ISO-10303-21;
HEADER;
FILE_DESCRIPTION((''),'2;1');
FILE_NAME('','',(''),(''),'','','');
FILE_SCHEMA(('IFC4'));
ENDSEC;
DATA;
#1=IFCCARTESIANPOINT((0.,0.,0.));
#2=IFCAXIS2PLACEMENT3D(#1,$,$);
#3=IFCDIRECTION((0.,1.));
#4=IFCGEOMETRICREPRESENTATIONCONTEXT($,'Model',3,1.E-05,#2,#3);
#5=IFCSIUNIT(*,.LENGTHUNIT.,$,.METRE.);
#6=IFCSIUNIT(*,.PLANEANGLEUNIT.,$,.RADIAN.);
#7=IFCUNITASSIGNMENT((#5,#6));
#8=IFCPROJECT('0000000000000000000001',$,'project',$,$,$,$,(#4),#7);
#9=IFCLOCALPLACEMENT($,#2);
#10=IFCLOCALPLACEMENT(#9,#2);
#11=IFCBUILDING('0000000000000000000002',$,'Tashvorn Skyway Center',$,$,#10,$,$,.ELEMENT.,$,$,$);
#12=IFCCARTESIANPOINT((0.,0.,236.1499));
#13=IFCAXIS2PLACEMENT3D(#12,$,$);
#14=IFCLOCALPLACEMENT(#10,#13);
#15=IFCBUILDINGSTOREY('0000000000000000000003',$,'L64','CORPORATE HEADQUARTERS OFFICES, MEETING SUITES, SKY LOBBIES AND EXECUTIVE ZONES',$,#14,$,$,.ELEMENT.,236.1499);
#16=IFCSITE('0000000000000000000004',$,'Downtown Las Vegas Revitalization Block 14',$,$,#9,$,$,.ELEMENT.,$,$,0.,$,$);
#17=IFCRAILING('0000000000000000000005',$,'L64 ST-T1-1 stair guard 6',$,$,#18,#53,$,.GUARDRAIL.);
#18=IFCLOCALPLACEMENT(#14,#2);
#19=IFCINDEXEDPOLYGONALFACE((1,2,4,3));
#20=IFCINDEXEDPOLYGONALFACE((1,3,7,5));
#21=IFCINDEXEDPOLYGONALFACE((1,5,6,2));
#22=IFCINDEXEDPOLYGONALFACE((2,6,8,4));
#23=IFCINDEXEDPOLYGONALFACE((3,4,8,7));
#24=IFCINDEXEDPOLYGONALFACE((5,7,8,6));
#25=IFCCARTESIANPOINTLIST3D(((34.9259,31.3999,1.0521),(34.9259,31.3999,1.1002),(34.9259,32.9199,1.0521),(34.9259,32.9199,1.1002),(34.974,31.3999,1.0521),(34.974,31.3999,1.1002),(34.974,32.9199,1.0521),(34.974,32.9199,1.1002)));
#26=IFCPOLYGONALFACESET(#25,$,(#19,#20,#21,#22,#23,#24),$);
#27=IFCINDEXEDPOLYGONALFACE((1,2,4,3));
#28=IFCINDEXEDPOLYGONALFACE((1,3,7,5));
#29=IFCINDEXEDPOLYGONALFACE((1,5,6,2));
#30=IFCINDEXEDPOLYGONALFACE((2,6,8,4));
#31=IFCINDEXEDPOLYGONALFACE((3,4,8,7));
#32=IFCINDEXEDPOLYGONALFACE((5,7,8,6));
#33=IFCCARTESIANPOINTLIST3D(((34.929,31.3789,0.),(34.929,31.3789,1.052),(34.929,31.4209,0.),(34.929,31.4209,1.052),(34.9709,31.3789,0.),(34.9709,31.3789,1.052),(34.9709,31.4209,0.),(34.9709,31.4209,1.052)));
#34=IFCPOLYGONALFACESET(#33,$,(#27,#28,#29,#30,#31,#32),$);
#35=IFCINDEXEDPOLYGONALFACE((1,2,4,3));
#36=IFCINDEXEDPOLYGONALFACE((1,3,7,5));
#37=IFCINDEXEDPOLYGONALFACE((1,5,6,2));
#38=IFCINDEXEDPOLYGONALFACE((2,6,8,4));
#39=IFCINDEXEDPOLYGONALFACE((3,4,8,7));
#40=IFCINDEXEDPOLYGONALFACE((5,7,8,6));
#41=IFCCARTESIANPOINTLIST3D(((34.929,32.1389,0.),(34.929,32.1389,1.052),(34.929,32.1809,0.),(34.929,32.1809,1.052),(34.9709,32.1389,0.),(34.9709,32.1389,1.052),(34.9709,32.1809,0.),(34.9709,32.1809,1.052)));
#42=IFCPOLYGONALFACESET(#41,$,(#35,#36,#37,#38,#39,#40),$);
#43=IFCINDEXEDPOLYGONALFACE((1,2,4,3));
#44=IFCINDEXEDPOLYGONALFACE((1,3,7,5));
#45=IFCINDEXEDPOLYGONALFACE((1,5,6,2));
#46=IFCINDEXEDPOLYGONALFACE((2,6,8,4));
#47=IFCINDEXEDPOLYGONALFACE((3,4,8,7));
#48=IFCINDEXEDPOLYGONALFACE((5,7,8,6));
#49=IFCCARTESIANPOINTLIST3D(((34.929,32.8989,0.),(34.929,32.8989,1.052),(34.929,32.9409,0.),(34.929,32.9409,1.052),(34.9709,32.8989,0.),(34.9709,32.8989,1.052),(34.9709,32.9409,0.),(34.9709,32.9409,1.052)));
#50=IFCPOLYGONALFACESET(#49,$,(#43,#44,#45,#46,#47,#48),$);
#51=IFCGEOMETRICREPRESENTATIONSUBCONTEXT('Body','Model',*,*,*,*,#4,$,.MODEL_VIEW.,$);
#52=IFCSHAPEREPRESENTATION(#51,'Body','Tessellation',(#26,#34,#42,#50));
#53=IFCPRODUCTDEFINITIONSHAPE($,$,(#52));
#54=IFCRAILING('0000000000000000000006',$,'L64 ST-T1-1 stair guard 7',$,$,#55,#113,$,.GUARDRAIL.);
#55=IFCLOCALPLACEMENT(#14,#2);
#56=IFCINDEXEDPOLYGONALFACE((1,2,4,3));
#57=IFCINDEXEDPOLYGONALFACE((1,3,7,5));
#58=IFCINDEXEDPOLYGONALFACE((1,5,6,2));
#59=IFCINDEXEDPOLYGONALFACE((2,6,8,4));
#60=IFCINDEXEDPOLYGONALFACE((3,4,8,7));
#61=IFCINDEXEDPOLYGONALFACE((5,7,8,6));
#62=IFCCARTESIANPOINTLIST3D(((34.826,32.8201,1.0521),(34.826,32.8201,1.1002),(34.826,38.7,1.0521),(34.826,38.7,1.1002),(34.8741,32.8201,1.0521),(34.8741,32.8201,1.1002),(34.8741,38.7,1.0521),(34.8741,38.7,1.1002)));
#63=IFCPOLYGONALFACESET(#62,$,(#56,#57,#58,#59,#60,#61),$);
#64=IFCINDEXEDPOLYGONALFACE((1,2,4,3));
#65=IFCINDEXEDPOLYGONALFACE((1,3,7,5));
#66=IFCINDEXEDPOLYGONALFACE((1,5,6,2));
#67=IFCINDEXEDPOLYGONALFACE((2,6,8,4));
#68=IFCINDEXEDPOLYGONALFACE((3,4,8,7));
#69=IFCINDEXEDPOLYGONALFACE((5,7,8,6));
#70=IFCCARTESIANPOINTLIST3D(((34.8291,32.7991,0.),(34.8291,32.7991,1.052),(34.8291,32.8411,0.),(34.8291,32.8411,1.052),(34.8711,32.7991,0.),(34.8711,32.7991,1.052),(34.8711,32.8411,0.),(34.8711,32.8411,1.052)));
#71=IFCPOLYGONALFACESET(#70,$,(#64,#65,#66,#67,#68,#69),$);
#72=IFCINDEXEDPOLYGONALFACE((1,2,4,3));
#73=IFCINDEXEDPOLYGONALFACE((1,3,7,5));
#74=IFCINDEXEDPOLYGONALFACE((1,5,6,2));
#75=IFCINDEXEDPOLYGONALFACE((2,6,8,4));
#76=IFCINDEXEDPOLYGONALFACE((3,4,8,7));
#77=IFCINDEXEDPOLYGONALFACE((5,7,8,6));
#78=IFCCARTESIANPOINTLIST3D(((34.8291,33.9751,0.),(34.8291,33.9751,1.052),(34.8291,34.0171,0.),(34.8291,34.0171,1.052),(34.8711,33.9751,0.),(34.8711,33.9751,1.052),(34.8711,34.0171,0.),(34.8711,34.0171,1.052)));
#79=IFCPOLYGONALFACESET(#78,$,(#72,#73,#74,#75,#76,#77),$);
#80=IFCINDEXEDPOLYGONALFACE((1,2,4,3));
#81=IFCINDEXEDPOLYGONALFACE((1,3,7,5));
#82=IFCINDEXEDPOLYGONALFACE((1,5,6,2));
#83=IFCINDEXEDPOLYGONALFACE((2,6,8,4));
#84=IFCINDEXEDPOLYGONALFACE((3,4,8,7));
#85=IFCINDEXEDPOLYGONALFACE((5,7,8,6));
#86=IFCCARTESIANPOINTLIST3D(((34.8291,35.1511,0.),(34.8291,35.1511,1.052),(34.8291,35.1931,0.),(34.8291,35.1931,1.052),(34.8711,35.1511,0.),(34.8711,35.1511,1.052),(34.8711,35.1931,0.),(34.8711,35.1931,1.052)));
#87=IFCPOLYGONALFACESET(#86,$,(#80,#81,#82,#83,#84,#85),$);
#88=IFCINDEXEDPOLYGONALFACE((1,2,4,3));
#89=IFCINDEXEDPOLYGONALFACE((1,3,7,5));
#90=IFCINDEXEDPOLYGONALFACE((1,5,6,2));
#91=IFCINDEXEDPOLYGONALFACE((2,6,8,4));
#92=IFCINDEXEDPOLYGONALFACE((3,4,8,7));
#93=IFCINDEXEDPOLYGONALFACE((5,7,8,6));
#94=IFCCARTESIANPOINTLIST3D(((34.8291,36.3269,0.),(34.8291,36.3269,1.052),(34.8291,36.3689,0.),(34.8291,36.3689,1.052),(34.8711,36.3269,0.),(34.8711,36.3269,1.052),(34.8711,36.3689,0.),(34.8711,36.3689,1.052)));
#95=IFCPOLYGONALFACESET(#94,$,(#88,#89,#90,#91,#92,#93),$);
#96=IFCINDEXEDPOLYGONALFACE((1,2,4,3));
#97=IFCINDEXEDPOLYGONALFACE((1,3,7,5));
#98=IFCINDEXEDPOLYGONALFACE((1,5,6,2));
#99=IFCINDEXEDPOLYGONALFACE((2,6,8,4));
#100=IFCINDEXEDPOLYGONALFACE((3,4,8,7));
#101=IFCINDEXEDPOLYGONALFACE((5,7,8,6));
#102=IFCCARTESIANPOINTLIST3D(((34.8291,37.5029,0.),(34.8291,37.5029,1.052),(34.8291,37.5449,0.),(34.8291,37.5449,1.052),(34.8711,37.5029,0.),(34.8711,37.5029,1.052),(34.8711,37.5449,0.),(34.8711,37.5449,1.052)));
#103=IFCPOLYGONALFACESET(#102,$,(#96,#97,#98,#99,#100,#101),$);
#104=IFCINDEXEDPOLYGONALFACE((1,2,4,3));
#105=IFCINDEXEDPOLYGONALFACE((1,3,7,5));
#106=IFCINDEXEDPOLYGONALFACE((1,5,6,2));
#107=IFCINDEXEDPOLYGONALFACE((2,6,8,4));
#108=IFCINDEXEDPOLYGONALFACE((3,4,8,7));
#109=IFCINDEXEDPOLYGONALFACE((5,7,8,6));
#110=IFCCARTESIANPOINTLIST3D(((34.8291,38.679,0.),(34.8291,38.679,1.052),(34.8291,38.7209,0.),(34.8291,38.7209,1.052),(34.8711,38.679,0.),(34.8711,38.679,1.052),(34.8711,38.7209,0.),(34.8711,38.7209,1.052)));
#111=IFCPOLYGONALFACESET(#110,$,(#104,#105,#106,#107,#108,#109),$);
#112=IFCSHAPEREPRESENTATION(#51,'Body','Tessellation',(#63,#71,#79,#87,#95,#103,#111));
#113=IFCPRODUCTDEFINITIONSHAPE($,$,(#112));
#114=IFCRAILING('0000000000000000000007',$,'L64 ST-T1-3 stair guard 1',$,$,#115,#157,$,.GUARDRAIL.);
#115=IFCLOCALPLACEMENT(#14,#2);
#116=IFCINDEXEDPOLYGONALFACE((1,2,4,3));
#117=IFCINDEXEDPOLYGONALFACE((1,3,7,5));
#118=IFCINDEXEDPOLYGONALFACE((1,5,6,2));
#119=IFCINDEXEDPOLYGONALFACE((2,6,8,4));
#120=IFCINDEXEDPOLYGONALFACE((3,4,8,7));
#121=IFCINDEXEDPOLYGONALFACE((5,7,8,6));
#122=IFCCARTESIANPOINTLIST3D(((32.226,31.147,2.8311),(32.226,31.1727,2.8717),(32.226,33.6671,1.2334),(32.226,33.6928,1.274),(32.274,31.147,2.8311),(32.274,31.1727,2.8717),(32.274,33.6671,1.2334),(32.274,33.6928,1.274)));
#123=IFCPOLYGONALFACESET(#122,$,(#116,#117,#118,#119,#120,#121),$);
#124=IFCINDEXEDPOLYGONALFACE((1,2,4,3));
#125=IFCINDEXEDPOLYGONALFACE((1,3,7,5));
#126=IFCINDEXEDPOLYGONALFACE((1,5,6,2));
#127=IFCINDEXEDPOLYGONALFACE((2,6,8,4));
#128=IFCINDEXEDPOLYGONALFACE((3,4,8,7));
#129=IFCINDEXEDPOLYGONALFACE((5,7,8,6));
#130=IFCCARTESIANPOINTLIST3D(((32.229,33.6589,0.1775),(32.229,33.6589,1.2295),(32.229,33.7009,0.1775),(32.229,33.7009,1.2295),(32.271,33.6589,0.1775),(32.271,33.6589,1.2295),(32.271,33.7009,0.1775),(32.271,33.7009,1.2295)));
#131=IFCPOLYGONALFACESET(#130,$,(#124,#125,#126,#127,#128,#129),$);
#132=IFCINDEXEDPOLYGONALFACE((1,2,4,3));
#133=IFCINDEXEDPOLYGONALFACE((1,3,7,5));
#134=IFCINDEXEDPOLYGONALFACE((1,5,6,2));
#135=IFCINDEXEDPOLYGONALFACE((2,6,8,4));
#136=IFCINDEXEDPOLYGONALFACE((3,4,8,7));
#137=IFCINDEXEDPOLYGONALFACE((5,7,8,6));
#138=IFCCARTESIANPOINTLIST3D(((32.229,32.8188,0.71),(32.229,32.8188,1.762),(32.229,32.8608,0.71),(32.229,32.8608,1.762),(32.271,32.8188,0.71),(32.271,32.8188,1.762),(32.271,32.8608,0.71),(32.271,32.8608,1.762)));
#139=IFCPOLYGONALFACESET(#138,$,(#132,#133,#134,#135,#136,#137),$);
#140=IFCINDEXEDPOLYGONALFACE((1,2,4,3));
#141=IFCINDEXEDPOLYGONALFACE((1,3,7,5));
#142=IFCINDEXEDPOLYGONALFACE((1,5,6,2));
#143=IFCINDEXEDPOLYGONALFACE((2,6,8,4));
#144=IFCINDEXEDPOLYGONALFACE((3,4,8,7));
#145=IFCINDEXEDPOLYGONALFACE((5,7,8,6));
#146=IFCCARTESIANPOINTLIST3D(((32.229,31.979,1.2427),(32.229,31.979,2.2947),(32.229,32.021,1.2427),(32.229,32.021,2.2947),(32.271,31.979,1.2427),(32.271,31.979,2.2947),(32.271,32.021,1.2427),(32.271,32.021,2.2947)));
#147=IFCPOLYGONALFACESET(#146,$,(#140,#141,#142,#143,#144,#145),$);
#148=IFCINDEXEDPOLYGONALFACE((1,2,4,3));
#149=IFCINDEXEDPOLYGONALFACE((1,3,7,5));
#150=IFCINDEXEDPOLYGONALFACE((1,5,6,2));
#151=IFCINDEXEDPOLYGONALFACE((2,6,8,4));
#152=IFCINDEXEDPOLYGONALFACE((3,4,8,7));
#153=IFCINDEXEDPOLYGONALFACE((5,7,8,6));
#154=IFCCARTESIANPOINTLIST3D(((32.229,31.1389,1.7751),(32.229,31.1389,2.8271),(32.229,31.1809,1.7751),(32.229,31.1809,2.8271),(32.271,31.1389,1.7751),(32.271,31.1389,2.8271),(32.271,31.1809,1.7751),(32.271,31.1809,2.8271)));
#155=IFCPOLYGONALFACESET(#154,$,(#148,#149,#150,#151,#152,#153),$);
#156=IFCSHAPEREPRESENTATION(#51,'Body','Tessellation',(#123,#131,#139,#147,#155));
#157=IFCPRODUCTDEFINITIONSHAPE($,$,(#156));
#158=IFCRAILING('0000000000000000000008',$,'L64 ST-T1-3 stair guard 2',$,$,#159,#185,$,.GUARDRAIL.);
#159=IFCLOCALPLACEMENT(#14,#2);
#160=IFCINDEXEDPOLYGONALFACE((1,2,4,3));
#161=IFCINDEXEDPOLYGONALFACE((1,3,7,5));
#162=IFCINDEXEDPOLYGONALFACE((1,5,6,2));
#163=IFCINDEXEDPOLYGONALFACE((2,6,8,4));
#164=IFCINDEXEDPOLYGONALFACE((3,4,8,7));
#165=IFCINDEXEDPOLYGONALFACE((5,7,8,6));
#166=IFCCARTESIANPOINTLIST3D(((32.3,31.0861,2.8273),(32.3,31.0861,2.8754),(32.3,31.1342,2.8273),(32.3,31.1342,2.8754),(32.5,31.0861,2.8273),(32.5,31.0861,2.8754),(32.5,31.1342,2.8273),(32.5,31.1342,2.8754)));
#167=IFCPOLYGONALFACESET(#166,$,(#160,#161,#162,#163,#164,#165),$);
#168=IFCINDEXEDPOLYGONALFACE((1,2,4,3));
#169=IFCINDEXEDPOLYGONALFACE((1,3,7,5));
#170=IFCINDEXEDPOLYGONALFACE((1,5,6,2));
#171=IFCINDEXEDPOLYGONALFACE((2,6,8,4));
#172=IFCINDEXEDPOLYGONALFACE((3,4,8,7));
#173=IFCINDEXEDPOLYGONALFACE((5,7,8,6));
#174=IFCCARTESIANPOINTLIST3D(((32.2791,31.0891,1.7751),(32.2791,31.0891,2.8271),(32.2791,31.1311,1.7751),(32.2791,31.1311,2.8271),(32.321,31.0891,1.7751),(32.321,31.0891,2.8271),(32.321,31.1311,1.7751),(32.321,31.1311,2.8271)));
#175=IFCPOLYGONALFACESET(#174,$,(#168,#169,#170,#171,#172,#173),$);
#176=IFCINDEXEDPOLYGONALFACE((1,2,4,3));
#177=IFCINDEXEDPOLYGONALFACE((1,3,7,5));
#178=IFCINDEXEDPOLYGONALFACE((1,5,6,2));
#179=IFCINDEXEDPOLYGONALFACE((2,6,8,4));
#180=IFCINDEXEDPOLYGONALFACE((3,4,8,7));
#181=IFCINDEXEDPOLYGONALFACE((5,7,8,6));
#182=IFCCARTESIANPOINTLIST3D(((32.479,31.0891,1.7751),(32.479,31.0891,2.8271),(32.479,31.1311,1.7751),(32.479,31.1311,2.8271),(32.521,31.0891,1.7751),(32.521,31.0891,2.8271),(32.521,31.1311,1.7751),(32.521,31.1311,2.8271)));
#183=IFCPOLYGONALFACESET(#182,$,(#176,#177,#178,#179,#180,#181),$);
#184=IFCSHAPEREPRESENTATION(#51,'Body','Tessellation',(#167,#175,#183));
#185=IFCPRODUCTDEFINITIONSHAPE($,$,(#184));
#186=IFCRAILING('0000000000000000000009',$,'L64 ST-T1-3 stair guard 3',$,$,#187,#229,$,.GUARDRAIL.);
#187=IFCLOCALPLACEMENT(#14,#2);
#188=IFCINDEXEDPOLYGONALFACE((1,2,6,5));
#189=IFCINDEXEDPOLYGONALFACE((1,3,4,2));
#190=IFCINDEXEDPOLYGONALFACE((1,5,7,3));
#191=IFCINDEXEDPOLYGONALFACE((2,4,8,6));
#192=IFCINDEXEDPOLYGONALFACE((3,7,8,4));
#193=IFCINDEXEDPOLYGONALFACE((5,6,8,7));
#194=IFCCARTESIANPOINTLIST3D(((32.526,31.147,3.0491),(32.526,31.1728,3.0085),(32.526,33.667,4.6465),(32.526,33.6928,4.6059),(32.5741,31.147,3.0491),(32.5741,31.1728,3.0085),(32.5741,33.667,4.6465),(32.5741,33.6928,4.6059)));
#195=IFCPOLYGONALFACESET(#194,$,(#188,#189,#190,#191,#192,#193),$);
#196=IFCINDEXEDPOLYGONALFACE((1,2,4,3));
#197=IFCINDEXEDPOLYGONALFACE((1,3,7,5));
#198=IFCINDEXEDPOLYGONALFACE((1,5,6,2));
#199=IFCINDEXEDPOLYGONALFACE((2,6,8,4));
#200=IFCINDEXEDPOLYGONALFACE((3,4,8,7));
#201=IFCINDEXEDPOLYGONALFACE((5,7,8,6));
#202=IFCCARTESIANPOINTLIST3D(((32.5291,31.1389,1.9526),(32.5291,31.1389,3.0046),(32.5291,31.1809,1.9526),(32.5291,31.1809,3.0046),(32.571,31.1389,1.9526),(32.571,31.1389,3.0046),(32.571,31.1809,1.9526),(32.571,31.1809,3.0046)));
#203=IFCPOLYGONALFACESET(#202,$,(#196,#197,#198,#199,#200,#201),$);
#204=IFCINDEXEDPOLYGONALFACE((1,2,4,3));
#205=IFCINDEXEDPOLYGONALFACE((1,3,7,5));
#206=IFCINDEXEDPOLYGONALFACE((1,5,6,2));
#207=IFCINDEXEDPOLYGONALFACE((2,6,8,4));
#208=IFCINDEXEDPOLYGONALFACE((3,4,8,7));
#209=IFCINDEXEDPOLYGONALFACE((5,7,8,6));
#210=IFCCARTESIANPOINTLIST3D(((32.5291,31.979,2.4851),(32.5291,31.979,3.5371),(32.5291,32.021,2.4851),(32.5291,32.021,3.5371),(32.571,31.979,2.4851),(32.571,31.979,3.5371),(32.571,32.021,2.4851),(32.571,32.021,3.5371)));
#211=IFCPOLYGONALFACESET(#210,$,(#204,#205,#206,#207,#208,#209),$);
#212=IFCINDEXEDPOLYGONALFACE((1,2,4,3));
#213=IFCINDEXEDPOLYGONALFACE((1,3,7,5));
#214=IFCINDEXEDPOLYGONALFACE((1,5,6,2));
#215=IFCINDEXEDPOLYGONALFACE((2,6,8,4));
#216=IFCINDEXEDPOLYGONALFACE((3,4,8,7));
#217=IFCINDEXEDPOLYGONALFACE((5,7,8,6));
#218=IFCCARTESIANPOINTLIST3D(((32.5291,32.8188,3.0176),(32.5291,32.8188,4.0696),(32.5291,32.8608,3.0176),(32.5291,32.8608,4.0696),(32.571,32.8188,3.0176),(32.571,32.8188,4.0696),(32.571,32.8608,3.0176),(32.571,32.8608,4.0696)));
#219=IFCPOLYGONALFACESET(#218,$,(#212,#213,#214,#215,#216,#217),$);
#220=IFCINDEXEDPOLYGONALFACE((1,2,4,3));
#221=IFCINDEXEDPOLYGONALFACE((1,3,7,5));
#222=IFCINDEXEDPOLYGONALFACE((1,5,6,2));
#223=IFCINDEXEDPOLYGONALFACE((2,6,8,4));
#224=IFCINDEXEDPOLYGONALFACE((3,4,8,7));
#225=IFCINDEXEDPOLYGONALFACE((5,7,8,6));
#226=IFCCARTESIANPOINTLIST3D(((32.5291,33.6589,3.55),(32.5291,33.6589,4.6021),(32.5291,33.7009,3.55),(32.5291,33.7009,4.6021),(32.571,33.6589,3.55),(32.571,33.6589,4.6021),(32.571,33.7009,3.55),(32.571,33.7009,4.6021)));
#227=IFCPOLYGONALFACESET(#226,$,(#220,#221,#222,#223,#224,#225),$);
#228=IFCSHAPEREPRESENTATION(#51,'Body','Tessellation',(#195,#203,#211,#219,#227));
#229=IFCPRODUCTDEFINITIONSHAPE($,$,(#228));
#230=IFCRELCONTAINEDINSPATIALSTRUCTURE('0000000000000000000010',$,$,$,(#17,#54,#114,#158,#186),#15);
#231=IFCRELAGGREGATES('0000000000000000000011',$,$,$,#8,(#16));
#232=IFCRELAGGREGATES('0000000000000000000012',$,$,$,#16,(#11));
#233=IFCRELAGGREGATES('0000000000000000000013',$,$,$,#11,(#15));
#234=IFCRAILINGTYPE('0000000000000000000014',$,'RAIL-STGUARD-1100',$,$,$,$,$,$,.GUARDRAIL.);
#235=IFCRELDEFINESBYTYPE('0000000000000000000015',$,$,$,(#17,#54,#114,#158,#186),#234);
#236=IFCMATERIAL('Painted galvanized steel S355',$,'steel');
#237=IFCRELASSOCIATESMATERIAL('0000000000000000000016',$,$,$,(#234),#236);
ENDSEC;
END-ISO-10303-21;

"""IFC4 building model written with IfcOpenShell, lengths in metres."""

from ifc_helpers import new_model, si_unit, direction, frame, origin, origin_2d, place, context, subcontext, project, spatial, rectangle, extrude, material, type_object, element, save


model = new_model("IFC4")

# Units and contexts
model_context = context("Model", 3, precision=1e-05, world=origin(), true_north=direction((0.0, 1.0)))
body_context = subcontext(model_context, "Body", "Model", "MODEL_VIEW")
ifc_project = project(units=[si_unit("LENGTHUNIT", "METRE"), si_unit("PLANEANGLEUNIT", "RADIAN")], contexts=[model_context])

# Site, building, storey
site_placement = place(None, origin())
site = spatial("IfcSite", under=ifc_project, at=site_placement, Name="Downtown Las Vegas Revitalization Block 14", CompositionType="ELEMENT", RefElevation=0.0)
building_placement = place(site_placement, origin())
building = spatial("IfcBuilding", under=site, at=building_placement, Name="Tashvorn Skyway Center", CompositionType="ELEMENT")
storey_placement = place(building_placement, frame((0.0, 0.0, 236.1499)))
storey = spatial("IfcBuildingStorey", under=building, at=storey_placement, Name="L64", Description="CORPORATE HEADQUARTERS OFFICES, MEETING SUITES, SKY LOBBIES AND EXECUTIVE ZONES", CompositionType="ELEMENT", Elevation=236.1499)

# Railings
ifc_material_1 = material(Name="Painted galvanized steel S355", Category="steel")
railing_type_1 = type_object("IfcRailingType", Name="RAIL-STGUARD-1100", PredefinedType="GUARDRAIL", material=ifc_material_1)
railing_1_placement = place(storey_placement, frame((34.95, 31.3999, 0.0)))
element("IfcRailing", 1, at=railing_1_placement, inside=storey, type_object=railing_type_1, Name="L64 ST-T1-1 stair guard 6", PredefinedType="GUARDRAIL", context=body_context, shape_type="SweptSolid", body=[
    extrude(rectangle(XDim=0.0481, YDim=0.0481, at=origin_2d()), frame((0.0, 0.0, 1.0762), z_axis=(0.0, 1.0, 0.0), x_axis=(-1.0, 0.0, 0.0)), (0.0, 0.0, 1.0), 1.52),
    extrude(rectangle(XDim=0.042, YDim=0.042, at=origin_2d()), origin(), (0.0, 0.0, 1.0), 1.052),
    extrude(rectangle(XDim=0.042, YDim=0.042, at=origin_2d()), frame((0.0, 0.76, 0.0)), (0.0, 0.0, 1.0), 1.052),
    extrude(rectangle(XDim=0.042, YDim=0.042, at=origin_2d()), frame((0.0, 1.52, 0.0)), (0.0, 0.0, 1.0), 1.052),
])
railing_2_placement = place(storey_placement, frame((34.8501, 32.8201, 0.0)))
element("IfcRailing", 2, at=railing_2_placement, inside=storey, type_object=railing_type_1, Name="L64 ST-T1-1 stair guard 7", PredefinedType="GUARDRAIL", context=body_context, shape_type="SweptSolid", body=[
    extrude(rectangle(XDim=0.0481, YDim=0.0481, at=origin_2d()), frame((0.0, 0.0, 1.0762), z_axis=(0.0, 1.0, 0.0), x_axis=(-1.0, 0.0, 0.0)), (0.0, 0.0, 1.0), 5.8799),
    extrude(rectangle(XDim=0.042, YDim=0.042, at=origin_2d()), origin(), (0.0, 0.0, 1.0), 1.052),
    extrude(rectangle(XDim=0.042, YDim=0.042, at=origin_2d()), frame((0.0, 1.176, 0.0)), (0.0, 0.0, 1.0), 1.052),
    extrude(rectangle(XDim=0.042, YDim=0.042, at=origin_2d()), frame((0.0, 2.3521, 0.0)), (0.0, 0.0, 1.0), 1.052),
    extrude(rectangle(XDim=0.042, YDim=0.042, at=origin_2d()), frame((0.0, 3.5278, 0.0)), (0.0, 0.0, 1.0), 1.052),
    extrude(rectangle(XDim=0.042, YDim=0.042, at=origin_2d()), frame((0.0, 4.7039, 0.0)), (0.0, 0.0, 1.0), 1.052),
    extrude(rectangle(XDim=0.042, YDim=0.042, at=origin_2d()), frame((0.0, 5.8799, 0.0)), (0.0, 0.0, 1.0), 1.052),
])
railing_3_placement = place(storey_placement, frame((32.25, 33.6799, 0.1775)))
element("IfcRailing", 3, at=railing_3_placement, inside=storey, type_object=railing_type_1, Name="L64 ST-T1-3 stair guard 1", PredefinedType="GUARDRAIL", context=body_context, shape_type="SweptSolid", body=[
    extrude(rectangle(XDim=0.0481, YDim=0.0481, at=origin_2d()), frame((0.0, 0.0, 1.0762), z_axis=(0.0, -0.84457, 0.535445), x_axis=(1.0, 0.0, 0.0)), (0.0, 0.0, 1.0), 2.9839),
    extrude(rectangle(XDim=0.042, YDim=0.042, at=origin_2d()), origin(), (0.0, 0.0, 1.0), 1.052),
    extrude(rectangle(XDim=0.042, YDim=0.042, at=origin_2d()), frame((0.0, -0.8401, 0.5325)), (0.0, 0.0, 1.0), 1.052),
    extrude(rectangle(XDim=0.042, YDim=0.042, at=origin_2d()), frame((0.0, -1.6799, 1.0652)), (0.0, 0.0, 1.0), 1.052),
    extrude(rectangle(XDim=0.042, YDim=0.042, at=origin_2d()), frame((0.0, -2.52, 1.5977)), (0.0, 0.0, 1.0), 1.052),
])
railing_4_placement = place(storey_placement, frame((32.3, 31.1101, 1.7751)))
element("IfcRailing", 4, at=railing_4_placement, inside=storey, type_object=railing_type_1, Name="L64 ST-T1-3 stair guard 2", PredefinedType="GUARDRAIL", context=body_context, shape_type="SweptSolid", body=[
    extrude(rectangle(XDim=0.0481, YDim=0.0481, at=origin_2d()), frame((0.0, 0.0, 1.0762), z_axis=(1.0, 0.0, 0.0), x_axis=(0.0, 1.0, 0.0)), (0.0, 0.0, 1.0), 0.2),
    extrude(rectangle(XDim=0.042, YDim=0.042, at=origin_2d()), origin(), (0.0, 0.0, 1.0), 1.052),
    extrude(rectangle(XDim=0.042, YDim=0.042, at=origin_2d()), frame((0.2, 0.0, 0.0)), (0.0, 0.0, 1.0), 1.052),
])
railing_5_placement = place(storey_placement, frame((32.55, 31.1599, 1.9526)))
element("IfcRailing", 5, at=railing_5_placement, inside=storey, type_object=railing_type_1, Name="L64 ST-T1-3 stair guard 3", PredefinedType="GUARDRAIL", context=body_context, shape_type="SweptSolid", body=[
    extrude(rectangle(XDim=0.0481, YDim=0.0481, at=origin_2d()), frame((0.0, 0.0, 1.0762), z_axis=(0.0, 0.844607, 0.535387), x_axis=(-1.0, 0.0, 0.0)), (0.0, 0.0, 1.0), 2.9836),
    extrude(rectangle(XDim=0.042, YDim=0.042, at=origin_2d()), origin(), (0.0, 0.0, 1.0), 1.052),
    extrude(rectangle(XDim=0.042, YDim=0.042, at=origin_2d()), frame((0.0, 0.8401, 0.5325)), (0.0, 0.0, 1.0), 1.052),
    extrude(rectangle(XDim=0.042, YDim=0.042, at=origin_2d()), frame((0.0, 1.6799, 1.0649)), (0.0, 0.0, 1.0), 1.052),
    extrude(rectangle(XDim=0.042, YDim=0.042, at=origin_2d()), frame((0.0, 2.52, 1.5974)), (0.0, 0.0, 1.0), 1.052),
])

save(model, "model.ifc")
